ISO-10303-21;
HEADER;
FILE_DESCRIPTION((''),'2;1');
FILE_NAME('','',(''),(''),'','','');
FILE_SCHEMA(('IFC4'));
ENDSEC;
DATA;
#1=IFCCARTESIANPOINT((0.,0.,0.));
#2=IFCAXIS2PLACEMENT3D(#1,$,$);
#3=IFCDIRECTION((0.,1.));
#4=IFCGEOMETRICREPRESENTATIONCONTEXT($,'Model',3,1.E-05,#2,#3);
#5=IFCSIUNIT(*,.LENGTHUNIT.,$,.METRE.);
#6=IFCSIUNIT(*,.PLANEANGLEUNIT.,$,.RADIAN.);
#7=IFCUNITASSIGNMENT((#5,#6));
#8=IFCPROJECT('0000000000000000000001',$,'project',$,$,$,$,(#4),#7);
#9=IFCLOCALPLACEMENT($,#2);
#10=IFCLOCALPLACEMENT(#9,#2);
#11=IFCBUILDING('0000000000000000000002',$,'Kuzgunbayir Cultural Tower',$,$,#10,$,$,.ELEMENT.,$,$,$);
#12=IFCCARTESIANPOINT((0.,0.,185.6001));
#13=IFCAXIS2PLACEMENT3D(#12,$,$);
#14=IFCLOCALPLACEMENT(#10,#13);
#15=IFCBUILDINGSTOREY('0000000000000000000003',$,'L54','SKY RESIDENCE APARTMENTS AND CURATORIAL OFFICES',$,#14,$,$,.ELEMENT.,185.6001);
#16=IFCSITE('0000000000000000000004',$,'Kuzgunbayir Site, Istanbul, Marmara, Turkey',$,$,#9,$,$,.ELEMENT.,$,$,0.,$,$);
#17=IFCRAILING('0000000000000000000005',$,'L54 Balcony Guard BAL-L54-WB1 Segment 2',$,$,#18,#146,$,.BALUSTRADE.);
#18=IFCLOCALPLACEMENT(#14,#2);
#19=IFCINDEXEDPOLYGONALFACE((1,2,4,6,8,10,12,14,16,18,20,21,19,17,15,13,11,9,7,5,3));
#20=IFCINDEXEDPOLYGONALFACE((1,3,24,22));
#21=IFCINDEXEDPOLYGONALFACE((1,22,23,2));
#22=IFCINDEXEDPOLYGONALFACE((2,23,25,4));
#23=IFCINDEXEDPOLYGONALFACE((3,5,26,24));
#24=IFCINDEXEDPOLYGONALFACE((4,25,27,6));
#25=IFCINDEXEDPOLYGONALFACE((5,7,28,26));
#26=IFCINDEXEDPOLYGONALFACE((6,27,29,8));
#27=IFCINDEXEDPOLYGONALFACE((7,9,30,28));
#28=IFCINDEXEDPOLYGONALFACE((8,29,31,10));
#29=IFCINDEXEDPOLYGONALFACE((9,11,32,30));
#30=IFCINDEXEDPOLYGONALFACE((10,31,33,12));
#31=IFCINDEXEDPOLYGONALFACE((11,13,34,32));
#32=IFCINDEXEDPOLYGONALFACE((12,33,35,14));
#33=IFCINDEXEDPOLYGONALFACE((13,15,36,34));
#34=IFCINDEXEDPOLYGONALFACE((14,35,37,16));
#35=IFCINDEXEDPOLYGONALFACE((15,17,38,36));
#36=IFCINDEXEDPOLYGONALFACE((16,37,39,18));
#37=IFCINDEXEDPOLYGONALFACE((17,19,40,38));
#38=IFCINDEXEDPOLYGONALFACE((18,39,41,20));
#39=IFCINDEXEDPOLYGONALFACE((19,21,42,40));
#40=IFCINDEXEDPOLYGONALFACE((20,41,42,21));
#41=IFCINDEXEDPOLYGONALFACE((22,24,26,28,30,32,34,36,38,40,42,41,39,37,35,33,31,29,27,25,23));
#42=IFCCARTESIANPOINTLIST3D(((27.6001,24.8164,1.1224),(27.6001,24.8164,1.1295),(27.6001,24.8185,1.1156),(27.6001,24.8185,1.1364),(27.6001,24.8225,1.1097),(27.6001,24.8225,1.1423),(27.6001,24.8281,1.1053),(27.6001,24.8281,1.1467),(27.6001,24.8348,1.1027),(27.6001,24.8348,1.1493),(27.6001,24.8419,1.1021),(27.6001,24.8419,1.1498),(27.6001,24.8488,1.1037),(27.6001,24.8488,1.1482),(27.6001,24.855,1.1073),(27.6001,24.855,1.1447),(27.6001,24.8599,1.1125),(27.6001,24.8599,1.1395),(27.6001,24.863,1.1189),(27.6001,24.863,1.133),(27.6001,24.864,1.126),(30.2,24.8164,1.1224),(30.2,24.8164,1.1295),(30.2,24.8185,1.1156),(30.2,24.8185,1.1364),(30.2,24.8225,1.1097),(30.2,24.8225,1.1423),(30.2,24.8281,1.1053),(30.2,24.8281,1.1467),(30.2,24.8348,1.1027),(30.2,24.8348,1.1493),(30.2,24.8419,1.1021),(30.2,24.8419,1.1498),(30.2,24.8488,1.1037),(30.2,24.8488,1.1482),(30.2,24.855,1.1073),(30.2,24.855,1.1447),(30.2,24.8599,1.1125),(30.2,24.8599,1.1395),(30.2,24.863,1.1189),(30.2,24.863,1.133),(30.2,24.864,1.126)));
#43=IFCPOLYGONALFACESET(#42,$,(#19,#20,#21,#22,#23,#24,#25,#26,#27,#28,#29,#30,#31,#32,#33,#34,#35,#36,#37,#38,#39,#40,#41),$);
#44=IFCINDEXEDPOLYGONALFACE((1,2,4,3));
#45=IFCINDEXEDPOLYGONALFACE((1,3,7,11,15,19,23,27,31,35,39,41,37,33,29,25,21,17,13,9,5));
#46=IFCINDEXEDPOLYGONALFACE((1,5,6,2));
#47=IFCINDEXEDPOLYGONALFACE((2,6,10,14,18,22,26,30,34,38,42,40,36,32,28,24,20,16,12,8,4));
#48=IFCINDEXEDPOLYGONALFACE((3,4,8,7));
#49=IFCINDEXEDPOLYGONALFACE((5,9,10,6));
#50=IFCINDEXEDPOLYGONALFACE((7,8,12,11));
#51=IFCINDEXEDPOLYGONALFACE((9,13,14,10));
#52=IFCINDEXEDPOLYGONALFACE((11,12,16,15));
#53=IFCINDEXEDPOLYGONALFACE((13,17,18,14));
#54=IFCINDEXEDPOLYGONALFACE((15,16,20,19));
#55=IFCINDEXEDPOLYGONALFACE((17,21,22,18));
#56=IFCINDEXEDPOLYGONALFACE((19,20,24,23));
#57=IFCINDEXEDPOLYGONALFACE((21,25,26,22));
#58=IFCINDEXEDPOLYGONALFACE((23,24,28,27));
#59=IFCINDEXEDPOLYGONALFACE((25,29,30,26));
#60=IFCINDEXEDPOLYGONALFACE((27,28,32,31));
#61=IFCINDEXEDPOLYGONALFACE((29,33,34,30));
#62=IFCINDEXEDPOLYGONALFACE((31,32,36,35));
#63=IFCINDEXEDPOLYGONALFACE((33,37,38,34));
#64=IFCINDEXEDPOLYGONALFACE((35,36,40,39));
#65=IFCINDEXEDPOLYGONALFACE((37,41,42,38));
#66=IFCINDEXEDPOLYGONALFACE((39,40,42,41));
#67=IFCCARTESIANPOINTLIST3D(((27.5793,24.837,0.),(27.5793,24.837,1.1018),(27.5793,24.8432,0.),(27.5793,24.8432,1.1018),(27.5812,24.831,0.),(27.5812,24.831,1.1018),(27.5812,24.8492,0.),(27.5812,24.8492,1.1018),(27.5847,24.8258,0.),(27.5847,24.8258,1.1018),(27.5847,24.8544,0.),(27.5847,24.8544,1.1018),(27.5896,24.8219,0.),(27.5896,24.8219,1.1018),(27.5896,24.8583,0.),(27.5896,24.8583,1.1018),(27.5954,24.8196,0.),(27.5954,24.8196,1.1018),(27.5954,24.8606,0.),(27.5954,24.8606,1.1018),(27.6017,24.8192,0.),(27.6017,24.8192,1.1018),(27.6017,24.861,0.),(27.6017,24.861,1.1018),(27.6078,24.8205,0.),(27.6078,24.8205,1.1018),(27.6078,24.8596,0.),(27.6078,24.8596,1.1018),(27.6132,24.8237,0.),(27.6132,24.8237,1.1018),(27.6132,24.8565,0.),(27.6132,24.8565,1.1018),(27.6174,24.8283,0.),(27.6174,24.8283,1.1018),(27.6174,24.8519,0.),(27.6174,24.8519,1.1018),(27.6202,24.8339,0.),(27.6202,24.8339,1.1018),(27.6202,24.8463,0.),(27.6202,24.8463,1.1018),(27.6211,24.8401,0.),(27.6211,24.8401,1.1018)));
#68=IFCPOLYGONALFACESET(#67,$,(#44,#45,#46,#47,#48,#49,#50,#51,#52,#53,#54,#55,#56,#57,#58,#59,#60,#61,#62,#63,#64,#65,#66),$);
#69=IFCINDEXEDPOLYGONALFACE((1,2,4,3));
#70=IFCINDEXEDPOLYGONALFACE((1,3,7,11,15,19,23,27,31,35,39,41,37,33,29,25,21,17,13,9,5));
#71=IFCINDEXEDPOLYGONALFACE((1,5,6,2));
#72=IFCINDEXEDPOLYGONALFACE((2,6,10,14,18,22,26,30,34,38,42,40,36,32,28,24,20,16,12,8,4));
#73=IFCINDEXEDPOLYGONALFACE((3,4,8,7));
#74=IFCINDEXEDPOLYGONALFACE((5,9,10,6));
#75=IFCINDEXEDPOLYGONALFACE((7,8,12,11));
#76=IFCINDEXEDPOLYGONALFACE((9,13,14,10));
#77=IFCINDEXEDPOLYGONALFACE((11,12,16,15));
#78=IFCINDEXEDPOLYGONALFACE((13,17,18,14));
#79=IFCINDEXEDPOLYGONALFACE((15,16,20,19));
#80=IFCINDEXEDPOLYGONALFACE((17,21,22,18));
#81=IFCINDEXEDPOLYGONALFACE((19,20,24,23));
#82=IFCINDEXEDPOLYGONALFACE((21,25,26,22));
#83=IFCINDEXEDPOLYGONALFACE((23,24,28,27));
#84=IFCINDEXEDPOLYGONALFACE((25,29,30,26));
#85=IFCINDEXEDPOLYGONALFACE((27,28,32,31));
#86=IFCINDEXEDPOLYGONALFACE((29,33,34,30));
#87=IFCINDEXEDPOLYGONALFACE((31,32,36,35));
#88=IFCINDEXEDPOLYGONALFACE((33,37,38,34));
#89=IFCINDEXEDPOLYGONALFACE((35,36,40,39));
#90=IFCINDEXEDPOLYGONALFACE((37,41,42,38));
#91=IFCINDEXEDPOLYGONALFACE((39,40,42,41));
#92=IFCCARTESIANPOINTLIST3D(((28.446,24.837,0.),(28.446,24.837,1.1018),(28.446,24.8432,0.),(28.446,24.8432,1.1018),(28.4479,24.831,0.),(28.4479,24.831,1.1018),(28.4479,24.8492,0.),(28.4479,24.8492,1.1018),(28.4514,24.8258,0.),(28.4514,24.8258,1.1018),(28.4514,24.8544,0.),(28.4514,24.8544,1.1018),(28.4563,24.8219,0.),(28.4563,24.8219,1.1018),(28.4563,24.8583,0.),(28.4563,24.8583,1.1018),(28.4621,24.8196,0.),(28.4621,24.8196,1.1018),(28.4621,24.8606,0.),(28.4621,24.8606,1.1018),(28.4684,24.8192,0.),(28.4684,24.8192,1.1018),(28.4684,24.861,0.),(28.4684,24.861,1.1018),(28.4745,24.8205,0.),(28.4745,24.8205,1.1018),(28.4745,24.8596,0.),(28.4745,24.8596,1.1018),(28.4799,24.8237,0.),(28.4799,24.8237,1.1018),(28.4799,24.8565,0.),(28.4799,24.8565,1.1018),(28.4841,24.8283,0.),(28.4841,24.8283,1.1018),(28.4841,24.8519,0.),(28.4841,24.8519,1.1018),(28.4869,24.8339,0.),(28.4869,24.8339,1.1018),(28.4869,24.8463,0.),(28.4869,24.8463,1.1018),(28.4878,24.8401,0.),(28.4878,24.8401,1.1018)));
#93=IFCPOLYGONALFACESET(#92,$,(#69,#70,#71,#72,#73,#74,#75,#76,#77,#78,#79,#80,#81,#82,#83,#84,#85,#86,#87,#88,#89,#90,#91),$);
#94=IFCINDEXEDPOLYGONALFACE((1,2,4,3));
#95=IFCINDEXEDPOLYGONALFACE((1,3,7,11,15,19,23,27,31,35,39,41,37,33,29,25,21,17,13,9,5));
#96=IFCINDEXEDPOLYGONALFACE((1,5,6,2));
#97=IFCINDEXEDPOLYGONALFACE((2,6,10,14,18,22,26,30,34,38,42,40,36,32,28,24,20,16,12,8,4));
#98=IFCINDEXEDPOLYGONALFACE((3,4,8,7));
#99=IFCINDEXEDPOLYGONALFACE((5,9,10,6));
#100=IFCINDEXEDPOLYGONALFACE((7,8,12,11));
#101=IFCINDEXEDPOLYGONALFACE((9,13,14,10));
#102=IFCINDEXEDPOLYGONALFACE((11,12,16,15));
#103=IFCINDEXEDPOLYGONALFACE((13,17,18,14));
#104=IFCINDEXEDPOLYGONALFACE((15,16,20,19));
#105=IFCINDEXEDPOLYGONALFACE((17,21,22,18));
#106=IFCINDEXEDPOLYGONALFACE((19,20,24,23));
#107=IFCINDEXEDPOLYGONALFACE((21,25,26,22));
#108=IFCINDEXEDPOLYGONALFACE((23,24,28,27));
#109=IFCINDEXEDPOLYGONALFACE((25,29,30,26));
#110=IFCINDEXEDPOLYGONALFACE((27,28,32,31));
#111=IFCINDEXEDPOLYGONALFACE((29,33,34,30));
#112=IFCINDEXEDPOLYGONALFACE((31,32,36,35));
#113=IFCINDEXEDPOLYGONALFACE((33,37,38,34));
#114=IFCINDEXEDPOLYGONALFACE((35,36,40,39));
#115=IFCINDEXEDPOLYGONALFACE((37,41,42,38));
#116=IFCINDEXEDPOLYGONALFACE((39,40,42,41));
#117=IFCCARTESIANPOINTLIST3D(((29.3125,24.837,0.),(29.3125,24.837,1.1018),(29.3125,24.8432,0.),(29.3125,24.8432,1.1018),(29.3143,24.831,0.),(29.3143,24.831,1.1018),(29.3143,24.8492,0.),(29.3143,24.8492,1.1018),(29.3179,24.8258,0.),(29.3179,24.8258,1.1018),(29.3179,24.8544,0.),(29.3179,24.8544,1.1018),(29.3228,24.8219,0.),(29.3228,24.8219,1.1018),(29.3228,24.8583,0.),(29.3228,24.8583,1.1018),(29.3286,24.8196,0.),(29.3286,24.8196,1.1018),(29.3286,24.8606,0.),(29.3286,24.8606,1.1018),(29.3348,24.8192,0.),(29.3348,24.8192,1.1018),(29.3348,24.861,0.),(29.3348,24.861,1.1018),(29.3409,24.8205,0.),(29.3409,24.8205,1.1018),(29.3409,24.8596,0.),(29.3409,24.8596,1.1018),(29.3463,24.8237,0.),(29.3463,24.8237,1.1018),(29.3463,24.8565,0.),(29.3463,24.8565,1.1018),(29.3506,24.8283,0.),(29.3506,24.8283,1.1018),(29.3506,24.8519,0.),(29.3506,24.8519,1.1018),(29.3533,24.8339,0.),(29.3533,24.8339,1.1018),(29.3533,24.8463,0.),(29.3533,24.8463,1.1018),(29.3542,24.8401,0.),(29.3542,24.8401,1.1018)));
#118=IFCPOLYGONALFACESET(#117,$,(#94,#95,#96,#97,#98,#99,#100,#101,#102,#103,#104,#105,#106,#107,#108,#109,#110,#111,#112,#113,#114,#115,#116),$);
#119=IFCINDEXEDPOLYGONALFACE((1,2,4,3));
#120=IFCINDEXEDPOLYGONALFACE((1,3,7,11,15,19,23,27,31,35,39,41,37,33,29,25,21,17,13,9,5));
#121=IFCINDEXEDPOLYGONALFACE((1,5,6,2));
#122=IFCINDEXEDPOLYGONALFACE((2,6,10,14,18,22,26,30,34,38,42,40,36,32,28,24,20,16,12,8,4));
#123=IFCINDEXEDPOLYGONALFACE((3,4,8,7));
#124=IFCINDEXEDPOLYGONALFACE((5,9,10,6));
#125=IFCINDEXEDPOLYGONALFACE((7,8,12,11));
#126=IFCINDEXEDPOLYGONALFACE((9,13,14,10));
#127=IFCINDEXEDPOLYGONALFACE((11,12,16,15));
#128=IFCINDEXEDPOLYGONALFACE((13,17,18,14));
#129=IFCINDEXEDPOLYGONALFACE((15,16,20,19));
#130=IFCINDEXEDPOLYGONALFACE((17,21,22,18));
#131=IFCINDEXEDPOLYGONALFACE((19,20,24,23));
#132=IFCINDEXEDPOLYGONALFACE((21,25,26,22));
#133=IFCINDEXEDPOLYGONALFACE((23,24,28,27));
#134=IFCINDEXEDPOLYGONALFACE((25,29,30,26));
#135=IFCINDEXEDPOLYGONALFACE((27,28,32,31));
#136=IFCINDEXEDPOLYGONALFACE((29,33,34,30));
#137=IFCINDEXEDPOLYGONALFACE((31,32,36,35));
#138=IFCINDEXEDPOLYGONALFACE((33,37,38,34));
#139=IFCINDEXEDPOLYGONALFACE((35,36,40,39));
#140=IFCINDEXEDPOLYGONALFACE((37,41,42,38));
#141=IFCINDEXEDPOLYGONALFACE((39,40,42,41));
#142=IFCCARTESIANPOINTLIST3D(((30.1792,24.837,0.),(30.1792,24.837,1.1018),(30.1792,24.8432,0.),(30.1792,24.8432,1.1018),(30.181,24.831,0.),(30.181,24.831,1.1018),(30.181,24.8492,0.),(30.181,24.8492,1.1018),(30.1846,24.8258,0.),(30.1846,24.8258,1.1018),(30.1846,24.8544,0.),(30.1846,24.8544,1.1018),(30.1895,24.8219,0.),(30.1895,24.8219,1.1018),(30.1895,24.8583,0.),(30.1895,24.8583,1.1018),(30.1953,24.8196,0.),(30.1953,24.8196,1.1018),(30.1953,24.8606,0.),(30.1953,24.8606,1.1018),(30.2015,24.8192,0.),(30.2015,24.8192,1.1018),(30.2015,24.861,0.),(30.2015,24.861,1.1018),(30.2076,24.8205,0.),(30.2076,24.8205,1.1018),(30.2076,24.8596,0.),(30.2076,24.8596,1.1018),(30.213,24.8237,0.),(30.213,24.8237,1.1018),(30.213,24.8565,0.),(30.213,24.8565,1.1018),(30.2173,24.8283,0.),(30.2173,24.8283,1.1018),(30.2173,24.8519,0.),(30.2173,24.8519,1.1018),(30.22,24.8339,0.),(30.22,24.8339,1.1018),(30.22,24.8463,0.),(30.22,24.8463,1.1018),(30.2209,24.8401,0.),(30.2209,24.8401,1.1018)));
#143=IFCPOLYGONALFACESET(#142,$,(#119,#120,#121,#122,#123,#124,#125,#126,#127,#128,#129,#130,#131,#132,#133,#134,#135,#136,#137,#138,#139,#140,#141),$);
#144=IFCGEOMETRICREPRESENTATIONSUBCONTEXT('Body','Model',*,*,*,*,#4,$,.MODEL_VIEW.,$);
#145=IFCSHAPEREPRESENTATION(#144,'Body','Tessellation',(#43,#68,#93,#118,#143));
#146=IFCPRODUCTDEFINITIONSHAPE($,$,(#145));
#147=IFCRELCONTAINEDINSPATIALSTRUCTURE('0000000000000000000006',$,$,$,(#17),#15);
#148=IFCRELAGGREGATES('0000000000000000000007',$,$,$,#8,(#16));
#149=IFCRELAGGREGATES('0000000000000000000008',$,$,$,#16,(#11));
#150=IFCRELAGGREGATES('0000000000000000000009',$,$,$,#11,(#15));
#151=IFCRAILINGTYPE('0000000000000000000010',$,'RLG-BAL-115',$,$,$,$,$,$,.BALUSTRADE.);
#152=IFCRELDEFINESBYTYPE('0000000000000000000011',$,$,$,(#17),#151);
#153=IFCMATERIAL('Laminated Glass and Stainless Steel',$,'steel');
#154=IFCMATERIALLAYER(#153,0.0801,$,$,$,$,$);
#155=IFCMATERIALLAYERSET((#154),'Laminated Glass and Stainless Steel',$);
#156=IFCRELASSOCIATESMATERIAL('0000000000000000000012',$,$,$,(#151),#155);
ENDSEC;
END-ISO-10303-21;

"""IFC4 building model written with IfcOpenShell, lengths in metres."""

from ifc_helpers import new_model, si_unit, direction, frame, origin, origin_2d, place, context, subcontext, project, spatial, circle, extrude, material, layer, layer_set, type_object, element, save


model = new_model("IFC4")

# Units and contexts
model_context = context("Model", 3, precision=1e-05, world=origin(), true_north=direction((0.0, 1.0)))
body_context = subcontext(model_context, "Body", "Model", "MODEL_VIEW")
ifc_project = project(units=[si_unit("LENGTHUNIT", "METRE"), si_unit("PLANEANGLEUNIT", "RADIAN")], contexts=[model_context])

# Site, building, storey
site_placement = place(None, origin())
site = spatial("IfcSite", under=ifc_project, at=site_placement, Name="Kuzgunbayir Site, Istanbul, Marmara, Turkey", CompositionType="ELEMENT", RefElevation=0.0)
building_placement = place(site_placement, origin())
building = spatial("IfcBuilding", under=site, at=building_placement, Name="Kuzgunbayir Cultural Tower", CompositionType="ELEMENT")
storey_placement = place(building_placement, frame((0.0, 0.0, 185.6001)))
storey = spatial("IfcBuildingStorey", under=building, at=storey_placement, Name="L54", Description="SKY RESIDENCE APARTMENTS AND CURATORIAL OFFICES", CompositionType="ELEMENT", Elevation=185.6001)

# Railing
ifc_material_1 = material(Name="Laminated Glass and Stainless Steel", Category="steel")
ifc_layer_1 = layer(ifc_material_1, 0.0801)
ifc_layer_set_1 = layer_set([ifc_layer_1], Name="Laminated Glass and Stainless Steel")
railing_type = type_object("IfcRailingType", Name="RLG-BAL-115", PredefinedType="BALUSTRADE", material=ifc_layer_set_1)
railing_1_placement = place(storey_placement, frame((27.6001, 24.8401, 0.0)))
element("IfcRailing", 1, at=railing_1_placement, inside=storey, type_object=railing_type, Name="L54 Balcony Guard BAL-L54-WB1 Segment 2", PredefinedType="BALUSTRADE", context=body_context, shape_type="SweptSolid", body=[
    extrude(circle(Radius=0.0239, at=origin_2d()), frame((0.0, 0.0, 1.126), z_axis=(1.0, 0.0, 0.0), x_axis=(0.0, 1.0, 0.0)), (0.0, 0.0, 1.0), 2.5999),
    extrude(circle(Radius=0.021, at=origin_2d()), origin(), (0.0, 0.0, 1.0), 1.1018),
    extrude(circle(Radius=0.021, at=origin_2d()), frame((0.8667, 0.0, 0.0)), (0.0, 0.0, 1.0), 1.1018),
    extrude(circle(Radius=0.021, at=origin_2d()), frame((1.7332, 0.0, 0.0)), (0.0, 0.0, 1.0), 1.1018),
    extrude(circle(Radius=0.021, at=origin_2d()), frame((2.5999, 0.0, 0.0)), (0.0, 0.0, 1.0), 1.1018),
])

save(model, "model.ifc")
